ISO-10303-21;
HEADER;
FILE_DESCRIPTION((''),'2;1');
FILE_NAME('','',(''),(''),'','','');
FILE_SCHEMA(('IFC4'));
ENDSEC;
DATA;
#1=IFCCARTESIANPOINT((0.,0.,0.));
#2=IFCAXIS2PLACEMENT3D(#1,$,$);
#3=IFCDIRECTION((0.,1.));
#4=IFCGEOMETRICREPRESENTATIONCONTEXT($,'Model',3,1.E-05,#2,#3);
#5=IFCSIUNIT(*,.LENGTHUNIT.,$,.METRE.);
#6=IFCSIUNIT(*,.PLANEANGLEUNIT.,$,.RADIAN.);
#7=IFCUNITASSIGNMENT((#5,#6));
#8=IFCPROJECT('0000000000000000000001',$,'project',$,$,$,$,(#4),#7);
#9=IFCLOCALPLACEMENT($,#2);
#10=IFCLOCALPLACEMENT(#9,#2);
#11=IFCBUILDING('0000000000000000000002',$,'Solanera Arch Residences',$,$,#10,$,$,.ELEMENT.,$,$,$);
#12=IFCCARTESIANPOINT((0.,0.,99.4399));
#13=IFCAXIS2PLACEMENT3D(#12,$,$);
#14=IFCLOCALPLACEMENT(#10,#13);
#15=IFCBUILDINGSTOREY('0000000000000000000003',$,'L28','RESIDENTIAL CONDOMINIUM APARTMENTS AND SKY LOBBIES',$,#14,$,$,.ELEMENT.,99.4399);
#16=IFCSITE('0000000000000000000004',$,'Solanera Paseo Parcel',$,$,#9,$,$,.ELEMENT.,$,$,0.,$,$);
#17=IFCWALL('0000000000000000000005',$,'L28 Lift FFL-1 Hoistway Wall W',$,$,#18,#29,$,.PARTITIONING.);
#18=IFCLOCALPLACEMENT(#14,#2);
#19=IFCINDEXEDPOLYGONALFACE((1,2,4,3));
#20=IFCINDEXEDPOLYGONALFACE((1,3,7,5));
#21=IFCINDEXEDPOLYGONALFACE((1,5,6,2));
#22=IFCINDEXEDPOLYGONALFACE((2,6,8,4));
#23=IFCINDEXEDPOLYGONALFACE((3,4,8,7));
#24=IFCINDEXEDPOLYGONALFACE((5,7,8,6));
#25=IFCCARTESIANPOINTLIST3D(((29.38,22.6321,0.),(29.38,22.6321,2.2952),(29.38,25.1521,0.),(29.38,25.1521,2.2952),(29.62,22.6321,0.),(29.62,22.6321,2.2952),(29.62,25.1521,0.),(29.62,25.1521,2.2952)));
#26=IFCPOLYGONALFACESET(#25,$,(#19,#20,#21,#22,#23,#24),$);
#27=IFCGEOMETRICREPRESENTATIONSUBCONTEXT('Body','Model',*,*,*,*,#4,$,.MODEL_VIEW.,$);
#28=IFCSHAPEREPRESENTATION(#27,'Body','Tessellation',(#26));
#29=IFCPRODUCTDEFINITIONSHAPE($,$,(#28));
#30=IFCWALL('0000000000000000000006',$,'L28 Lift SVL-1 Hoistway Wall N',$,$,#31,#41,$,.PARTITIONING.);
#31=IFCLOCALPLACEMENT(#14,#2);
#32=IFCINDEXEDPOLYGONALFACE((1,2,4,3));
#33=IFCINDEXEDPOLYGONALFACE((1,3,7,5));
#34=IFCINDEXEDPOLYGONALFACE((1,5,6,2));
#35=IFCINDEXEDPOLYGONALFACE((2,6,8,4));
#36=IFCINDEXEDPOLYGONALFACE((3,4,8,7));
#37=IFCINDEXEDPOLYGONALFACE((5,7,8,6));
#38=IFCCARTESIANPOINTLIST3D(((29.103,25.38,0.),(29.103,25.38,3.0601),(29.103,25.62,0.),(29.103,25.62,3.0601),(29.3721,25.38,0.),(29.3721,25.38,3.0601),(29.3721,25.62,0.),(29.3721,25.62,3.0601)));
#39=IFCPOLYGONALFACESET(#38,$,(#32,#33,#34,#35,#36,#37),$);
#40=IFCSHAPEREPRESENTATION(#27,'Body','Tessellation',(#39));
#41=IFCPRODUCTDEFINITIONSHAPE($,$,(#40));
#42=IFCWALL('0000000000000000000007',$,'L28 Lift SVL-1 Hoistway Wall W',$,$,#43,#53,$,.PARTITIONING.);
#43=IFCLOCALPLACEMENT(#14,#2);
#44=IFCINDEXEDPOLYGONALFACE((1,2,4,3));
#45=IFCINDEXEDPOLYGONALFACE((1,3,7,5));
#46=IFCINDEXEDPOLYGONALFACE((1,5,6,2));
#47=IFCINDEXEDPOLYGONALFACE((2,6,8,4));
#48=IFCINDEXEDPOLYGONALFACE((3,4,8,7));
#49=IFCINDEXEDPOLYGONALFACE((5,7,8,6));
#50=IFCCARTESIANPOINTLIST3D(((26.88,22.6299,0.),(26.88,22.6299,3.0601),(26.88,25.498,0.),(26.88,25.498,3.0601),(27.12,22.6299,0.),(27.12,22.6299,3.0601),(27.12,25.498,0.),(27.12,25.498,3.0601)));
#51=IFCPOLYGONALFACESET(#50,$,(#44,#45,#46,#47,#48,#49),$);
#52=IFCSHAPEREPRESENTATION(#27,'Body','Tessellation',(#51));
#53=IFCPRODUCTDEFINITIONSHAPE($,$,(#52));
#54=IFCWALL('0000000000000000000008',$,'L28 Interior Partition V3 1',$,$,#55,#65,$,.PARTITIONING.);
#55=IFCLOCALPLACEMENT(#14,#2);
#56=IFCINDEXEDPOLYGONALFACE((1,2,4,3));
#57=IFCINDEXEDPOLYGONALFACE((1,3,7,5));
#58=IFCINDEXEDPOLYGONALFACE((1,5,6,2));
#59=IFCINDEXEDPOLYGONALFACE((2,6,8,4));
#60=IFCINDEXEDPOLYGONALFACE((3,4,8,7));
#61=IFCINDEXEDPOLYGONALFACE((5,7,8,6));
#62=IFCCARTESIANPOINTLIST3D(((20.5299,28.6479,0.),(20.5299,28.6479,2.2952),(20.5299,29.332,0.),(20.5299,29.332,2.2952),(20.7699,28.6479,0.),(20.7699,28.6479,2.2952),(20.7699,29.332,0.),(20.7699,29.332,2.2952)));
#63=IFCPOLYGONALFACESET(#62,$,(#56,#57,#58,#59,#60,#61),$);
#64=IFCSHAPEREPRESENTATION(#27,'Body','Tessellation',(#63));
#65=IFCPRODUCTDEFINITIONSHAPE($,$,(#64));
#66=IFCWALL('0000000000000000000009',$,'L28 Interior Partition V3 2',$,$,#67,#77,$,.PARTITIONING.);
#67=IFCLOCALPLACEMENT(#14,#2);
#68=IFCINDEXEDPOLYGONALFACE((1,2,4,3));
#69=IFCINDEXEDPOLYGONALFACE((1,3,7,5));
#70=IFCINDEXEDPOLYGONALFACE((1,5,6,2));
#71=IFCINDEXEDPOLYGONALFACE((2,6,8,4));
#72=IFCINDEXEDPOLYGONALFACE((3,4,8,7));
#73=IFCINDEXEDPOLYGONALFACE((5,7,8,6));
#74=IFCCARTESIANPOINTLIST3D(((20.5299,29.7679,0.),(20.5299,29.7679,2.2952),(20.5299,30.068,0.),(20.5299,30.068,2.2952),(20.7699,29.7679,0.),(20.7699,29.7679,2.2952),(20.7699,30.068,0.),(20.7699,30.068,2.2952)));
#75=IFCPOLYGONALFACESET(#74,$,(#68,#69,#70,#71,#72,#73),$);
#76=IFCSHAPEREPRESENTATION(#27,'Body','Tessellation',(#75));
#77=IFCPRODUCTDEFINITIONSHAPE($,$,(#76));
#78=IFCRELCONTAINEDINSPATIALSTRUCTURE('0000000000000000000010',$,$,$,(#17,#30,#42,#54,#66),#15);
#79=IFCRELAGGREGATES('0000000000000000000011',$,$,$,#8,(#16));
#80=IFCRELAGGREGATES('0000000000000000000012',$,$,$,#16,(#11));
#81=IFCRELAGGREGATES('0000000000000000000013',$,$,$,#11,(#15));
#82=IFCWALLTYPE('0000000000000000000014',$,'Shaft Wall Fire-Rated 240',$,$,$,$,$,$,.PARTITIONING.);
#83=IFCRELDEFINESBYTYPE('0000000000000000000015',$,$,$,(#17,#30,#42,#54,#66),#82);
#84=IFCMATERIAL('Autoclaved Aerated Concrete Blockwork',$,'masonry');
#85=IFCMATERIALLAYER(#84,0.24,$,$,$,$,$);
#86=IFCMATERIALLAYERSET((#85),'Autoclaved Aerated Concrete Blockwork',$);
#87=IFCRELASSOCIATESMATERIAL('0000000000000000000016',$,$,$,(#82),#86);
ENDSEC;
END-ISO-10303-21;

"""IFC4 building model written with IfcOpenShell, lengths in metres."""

from ifc_helpers import new_model, si_unit, direction, frame, frame_2d, origin, place, context, subcontext, project, spatial, rectangle, extrude, material, layer, layer_set, type_object, element, save


model = new_model("IFC4")

# Units and contexts
model_context = context("Model", 3, precision=1e-05, world=origin(), true_north=direction((0.0, 1.0)))
body_context = subcontext(model_context, "Body", "Model", "MODEL_VIEW")
ifc_project = project(units=[si_unit("LENGTHUNIT", "METRE"), si_unit("PLANEANGLEUNIT", "RADIAN")], contexts=[model_context])

# Site, building, storey
site_placement = place(None, origin())
site = spatial("IfcSite", under=ifc_project, at=site_placement, Name="Solanera Paseo Parcel", CompositionType="ELEMENT", RefElevation=0.0)
building_placement = place(site_placement, origin())
building = spatial("IfcBuilding", under=site, at=building_placement, Name="Solanera Arch Residences", CompositionType="ELEMENT")
storey_placement = place(building_placement, frame((0.0, 0.0, 99.4399)))
storey = spatial("IfcBuildingStorey", under=building, at=storey_placement, Name="L28", Description="RESIDENTIAL CONDOMINIUM APARTMENTS AND SKY LOBBIES", CompositionType="ELEMENT", Elevation=99.4399)

# Walls
ifc_material_1 = material(Name="Autoclaved Aerated Concrete Blockwork", Category="masonry")
ifc_layer_1 = layer(ifc_material_1, 0.24)
ifc_layer_set_1 = layer_set([ifc_layer_1], Name="Autoclaved Aerated Concrete Blockwork")
wall_type_1 = type_object("IfcWallType", Name="Shaft Wall Fire-Rated 240", PredefinedType="PARTITIONING", material=ifc_layer_set_1)
wall_1_placement = place(storey_placement, frame((29.5, 22.6321, 0.0), z_axis=(0.0, 0.0, 1.0), x_axis=(0.0, 1.0, 0.0)))
element("IfcWall", 1, at=wall_1_placement, inside=storey, type_object=wall_type_1, Name="L28 Lift FFL-1 Hoistway Wall W", PredefinedType="PARTITIONING", context=body_context, shape_type="SweptSolid", body=[
    extrude(rectangle(XDim=2.52, YDim=0.24, at=frame_2d((1.26, 0.0))), origin(), (0.0, 0.0, 1.0), 2.2952),
])
wall_2_placement = place(storey_placement, frame((29.103, 25.5, 0.0), z_axis=(0.0, 0.0, 1.0), x_axis=(1.0, 0.0, 0.0)))
element("IfcWall", 2, at=wall_2_placement, inside=storey, type_object=wall_type_1, Name="L28 Lift SVL-1 Hoistway Wall N", PredefinedType="PARTITIONING", context=body_context, shape_type="SweptSolid", body=[
    extrude(rectangle(XDim=0.269, YDim=0.24, at=frame_2d((0.1345, 0.0))), origin(), (0.0, 0.0, 1.0), 3.0601),
])
wall_3_placement = place(storey_placement, frame((27.0, 22.6299, 0.0), z_axis=(0.0, 0.0, 1.0), x_axis=(0.0, 1.0, 0.0)))
element("IfcWall", 3, at=wall_3_placement, inside=storey, type_object=wall_type_1, Name="L28 Lift SVL-1 Hoistway Wall W", PredefinedType="PARTITIONING", context=body_context, shape_type="SweptSolid", body=[
    extrude(rectangle(XDim=2.8682, YDim=0.24, at=frame_2d((1.4341, 0.0))), origin(), (0.0, 0.0, 1.0), 3.0601),
])
wall_4_placement = place(storey_placement, frame((20.6499, 28.6479, 0.0), z_axis=(0.0, 0.0, 1.0), x_axis=(0.0, 1.0, 0.0)))
element("IfcWall", 4, at=wall_4_placement, inside=storey, type_object=wall_type_1, Name="L28 Interior Partition V3 1", PredefinedType="PARTITIONING", context=body_context, shape_type="SweptSolid", body=[
    extrude(rectangle(XDim=0.6841, YDim=0.24, at=frame_2d((0.342, 0.0))), origin(), (0.0, 0.0, 1.0), 2.2952),
])
wall_5_placement = place(storey_placement, frame((20.6499, 29.7681, 0.0), z_axis=(0.0, 0.0, 1.0), x_axis=(0.0, 1.0, 0.0)))
element("IfcWall", 5, at=wall_5_placement, inside=storey, type_object=wall_type_1, Name="L28 Interior Partition V3 2", PredefinedType="PARTITIONING", context=body_context, shape_type="SweptSolid", body=[
    extrude(rectangle(XDim=0.3, YDim=0.24, at=frame_2d((0.1499, 0.0))), origin(), (0.0, 0.0, 1.0), 2.2952),
])

save(model, "model.ifc")
